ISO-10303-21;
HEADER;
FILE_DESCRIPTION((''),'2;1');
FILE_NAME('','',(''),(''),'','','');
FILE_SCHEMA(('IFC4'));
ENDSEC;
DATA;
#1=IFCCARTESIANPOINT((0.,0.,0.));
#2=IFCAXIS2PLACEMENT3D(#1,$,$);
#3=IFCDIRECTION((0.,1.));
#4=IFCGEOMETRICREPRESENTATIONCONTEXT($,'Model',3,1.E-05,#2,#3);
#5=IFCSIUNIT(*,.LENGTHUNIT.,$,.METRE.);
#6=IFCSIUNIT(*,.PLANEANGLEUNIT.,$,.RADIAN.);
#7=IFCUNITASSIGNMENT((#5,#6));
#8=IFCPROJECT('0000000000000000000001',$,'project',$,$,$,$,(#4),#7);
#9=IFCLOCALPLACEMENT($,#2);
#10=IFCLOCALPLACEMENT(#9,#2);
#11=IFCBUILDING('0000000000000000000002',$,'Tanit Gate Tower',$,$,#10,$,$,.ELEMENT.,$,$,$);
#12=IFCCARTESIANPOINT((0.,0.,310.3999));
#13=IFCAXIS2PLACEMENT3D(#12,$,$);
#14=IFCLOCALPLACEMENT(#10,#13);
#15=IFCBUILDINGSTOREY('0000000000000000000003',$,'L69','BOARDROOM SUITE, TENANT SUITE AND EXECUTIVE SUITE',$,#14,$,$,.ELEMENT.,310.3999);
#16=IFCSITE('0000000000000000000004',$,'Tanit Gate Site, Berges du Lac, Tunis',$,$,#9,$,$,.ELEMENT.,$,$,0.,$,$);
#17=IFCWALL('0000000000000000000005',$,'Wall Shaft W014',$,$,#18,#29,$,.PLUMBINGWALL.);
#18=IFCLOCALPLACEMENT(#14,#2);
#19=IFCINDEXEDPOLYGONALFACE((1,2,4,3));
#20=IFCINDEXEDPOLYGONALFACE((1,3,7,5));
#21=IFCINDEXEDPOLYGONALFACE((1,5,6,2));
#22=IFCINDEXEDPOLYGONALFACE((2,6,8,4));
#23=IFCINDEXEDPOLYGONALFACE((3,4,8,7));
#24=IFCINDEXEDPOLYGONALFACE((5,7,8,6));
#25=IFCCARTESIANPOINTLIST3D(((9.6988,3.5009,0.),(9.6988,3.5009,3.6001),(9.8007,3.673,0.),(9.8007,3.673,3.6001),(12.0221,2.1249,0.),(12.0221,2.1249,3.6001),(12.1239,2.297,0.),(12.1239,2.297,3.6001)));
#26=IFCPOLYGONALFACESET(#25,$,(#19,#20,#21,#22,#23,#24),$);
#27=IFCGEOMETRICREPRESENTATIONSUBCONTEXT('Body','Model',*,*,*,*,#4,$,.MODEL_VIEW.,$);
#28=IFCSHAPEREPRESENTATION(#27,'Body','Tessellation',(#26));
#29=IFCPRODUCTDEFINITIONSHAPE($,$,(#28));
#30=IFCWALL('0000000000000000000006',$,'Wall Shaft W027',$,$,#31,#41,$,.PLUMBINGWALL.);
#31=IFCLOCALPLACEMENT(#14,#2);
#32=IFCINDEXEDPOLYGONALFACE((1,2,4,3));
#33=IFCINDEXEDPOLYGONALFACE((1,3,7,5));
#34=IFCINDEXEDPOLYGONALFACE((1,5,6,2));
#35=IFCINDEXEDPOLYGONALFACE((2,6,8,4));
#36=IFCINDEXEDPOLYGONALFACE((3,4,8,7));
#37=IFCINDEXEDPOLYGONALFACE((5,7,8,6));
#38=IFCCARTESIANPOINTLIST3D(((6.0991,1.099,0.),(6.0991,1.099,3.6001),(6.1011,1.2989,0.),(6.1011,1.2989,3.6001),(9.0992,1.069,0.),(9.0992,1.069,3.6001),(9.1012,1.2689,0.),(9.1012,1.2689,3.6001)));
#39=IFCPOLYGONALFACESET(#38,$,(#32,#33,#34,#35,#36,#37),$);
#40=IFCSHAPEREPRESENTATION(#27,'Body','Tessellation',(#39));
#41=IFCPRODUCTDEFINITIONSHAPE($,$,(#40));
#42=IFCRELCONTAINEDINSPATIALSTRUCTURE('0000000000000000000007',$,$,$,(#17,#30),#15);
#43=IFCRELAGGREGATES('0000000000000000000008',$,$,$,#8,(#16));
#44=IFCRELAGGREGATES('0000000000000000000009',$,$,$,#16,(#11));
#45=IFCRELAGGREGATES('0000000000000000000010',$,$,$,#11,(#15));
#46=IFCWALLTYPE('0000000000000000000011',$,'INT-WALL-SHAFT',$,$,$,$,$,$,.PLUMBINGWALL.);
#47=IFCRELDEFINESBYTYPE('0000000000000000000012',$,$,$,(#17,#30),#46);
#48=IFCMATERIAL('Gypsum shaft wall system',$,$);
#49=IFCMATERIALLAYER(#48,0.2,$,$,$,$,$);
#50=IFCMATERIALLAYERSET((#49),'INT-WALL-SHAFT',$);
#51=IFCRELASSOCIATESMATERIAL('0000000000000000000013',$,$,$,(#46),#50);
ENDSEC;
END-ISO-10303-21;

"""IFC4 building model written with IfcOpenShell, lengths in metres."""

from ifc_helpers import new_model, si_unit, direction, frame, frame_2d, origin, place, context, subcontext, project, spatial, rectangle, extrude, material, layer, layer_set, type_object, element, save


model = new_model("IFC4")

# Units and contexts
model_context = context("Model", 3, precision=1e-05, world=origin(), true_north=direction((0.0, 1.0)))
body_context = subcontext(model_context, "Body", "Model", "MODEL_VIEW")
ifc_project = project(units=[si_unit("LENGTHUNIT", "METRE"), si_unit("PLANEANGLEUNIT", "RADIAN")], contexts=[model_context])

# Site, building, storey
site_placement = place(None, origin())
site = spatial("IfcSite", under=ifc_project, at=site_placement, Name="Tanit Gate Site, Berges du Lac, Tunis", CompositionType="ELEMENT", RefElevation=0.0)
building_placement = place(site_placement, origin())
building = spatial("IfcBuilding", under=site, at=building_placement, Name="Tanit Gate Tower", CompositionType="ELEMENT")
storey_placement = place(building_placement, frame((0.0, 0.0, 310.3999)))
storey = spatial("IfcBuildingStorey", under=building, at=storey_placement, Name="L69", Description="BOARDROOM SUITE, TENANT SUITE AND EXECUTIVE SUITE", CompositionType="ELEMENT", Elevation=310.3999)

# Wall
ifc_material_1 = material(Name="Gypsum shaft wall system")
ifc_layer_1 = layer(ifc_material_1, 0.2)
ifc_layer_set_1 = layer_set([ifc_layer_1], Name="INT-WALL-SHAFT")
wall_type_1 = type_object("IfcWallType", Name="INT-WALL-SHAFT", PredefinedType="PLUMBINGWALL", material=ifc_layer_set_1)
wall_1_placement = place(storey_placement, frame((12.073, 2.2109, 0.0), z_axis=(0.0, 0.0, 1.0), x_axis=(-0.860415, 0.509594, 0.0)))
element("IfcWall", 1, at=wall_1_placement, inside=storey, type_object=wall_type_1, Name="Wall Shaft W014", PredefinedType="PLUMBINGWALL", context=body_context, shape_type="SweptSolid", body=[
    extrude(rectangle(XDim=2.7002, YDim=0.2, at=frame_2d((1.3501, 0.0))), origin(), (0.0, 0.0, 1.0), 3.6001),
])

# Wall
wall_2_placement = place(storey_placement, frame((9.1001, 1.1689, 0.0), z_axis=(0.0, 0.0, 1.0), x_axis=(-0.99995, 0.010009, 0.0)))
element("IfcWall", 2, at=wall_2_placement, inside=storey, type_object=wall_type_1, Name="Wall Shaft W027", PredefinedType="PLUMBINGWALL", context=body_context, shape_type="SweptSolid", body=[
    extrude(rectangle(XDim=3.0002, YDim=0.2, at=frame_2d((1.5, 0.0))), origin(), (0.0, 0.0, 1.0), 3.6001),
])

save(model, "model.ifc")
